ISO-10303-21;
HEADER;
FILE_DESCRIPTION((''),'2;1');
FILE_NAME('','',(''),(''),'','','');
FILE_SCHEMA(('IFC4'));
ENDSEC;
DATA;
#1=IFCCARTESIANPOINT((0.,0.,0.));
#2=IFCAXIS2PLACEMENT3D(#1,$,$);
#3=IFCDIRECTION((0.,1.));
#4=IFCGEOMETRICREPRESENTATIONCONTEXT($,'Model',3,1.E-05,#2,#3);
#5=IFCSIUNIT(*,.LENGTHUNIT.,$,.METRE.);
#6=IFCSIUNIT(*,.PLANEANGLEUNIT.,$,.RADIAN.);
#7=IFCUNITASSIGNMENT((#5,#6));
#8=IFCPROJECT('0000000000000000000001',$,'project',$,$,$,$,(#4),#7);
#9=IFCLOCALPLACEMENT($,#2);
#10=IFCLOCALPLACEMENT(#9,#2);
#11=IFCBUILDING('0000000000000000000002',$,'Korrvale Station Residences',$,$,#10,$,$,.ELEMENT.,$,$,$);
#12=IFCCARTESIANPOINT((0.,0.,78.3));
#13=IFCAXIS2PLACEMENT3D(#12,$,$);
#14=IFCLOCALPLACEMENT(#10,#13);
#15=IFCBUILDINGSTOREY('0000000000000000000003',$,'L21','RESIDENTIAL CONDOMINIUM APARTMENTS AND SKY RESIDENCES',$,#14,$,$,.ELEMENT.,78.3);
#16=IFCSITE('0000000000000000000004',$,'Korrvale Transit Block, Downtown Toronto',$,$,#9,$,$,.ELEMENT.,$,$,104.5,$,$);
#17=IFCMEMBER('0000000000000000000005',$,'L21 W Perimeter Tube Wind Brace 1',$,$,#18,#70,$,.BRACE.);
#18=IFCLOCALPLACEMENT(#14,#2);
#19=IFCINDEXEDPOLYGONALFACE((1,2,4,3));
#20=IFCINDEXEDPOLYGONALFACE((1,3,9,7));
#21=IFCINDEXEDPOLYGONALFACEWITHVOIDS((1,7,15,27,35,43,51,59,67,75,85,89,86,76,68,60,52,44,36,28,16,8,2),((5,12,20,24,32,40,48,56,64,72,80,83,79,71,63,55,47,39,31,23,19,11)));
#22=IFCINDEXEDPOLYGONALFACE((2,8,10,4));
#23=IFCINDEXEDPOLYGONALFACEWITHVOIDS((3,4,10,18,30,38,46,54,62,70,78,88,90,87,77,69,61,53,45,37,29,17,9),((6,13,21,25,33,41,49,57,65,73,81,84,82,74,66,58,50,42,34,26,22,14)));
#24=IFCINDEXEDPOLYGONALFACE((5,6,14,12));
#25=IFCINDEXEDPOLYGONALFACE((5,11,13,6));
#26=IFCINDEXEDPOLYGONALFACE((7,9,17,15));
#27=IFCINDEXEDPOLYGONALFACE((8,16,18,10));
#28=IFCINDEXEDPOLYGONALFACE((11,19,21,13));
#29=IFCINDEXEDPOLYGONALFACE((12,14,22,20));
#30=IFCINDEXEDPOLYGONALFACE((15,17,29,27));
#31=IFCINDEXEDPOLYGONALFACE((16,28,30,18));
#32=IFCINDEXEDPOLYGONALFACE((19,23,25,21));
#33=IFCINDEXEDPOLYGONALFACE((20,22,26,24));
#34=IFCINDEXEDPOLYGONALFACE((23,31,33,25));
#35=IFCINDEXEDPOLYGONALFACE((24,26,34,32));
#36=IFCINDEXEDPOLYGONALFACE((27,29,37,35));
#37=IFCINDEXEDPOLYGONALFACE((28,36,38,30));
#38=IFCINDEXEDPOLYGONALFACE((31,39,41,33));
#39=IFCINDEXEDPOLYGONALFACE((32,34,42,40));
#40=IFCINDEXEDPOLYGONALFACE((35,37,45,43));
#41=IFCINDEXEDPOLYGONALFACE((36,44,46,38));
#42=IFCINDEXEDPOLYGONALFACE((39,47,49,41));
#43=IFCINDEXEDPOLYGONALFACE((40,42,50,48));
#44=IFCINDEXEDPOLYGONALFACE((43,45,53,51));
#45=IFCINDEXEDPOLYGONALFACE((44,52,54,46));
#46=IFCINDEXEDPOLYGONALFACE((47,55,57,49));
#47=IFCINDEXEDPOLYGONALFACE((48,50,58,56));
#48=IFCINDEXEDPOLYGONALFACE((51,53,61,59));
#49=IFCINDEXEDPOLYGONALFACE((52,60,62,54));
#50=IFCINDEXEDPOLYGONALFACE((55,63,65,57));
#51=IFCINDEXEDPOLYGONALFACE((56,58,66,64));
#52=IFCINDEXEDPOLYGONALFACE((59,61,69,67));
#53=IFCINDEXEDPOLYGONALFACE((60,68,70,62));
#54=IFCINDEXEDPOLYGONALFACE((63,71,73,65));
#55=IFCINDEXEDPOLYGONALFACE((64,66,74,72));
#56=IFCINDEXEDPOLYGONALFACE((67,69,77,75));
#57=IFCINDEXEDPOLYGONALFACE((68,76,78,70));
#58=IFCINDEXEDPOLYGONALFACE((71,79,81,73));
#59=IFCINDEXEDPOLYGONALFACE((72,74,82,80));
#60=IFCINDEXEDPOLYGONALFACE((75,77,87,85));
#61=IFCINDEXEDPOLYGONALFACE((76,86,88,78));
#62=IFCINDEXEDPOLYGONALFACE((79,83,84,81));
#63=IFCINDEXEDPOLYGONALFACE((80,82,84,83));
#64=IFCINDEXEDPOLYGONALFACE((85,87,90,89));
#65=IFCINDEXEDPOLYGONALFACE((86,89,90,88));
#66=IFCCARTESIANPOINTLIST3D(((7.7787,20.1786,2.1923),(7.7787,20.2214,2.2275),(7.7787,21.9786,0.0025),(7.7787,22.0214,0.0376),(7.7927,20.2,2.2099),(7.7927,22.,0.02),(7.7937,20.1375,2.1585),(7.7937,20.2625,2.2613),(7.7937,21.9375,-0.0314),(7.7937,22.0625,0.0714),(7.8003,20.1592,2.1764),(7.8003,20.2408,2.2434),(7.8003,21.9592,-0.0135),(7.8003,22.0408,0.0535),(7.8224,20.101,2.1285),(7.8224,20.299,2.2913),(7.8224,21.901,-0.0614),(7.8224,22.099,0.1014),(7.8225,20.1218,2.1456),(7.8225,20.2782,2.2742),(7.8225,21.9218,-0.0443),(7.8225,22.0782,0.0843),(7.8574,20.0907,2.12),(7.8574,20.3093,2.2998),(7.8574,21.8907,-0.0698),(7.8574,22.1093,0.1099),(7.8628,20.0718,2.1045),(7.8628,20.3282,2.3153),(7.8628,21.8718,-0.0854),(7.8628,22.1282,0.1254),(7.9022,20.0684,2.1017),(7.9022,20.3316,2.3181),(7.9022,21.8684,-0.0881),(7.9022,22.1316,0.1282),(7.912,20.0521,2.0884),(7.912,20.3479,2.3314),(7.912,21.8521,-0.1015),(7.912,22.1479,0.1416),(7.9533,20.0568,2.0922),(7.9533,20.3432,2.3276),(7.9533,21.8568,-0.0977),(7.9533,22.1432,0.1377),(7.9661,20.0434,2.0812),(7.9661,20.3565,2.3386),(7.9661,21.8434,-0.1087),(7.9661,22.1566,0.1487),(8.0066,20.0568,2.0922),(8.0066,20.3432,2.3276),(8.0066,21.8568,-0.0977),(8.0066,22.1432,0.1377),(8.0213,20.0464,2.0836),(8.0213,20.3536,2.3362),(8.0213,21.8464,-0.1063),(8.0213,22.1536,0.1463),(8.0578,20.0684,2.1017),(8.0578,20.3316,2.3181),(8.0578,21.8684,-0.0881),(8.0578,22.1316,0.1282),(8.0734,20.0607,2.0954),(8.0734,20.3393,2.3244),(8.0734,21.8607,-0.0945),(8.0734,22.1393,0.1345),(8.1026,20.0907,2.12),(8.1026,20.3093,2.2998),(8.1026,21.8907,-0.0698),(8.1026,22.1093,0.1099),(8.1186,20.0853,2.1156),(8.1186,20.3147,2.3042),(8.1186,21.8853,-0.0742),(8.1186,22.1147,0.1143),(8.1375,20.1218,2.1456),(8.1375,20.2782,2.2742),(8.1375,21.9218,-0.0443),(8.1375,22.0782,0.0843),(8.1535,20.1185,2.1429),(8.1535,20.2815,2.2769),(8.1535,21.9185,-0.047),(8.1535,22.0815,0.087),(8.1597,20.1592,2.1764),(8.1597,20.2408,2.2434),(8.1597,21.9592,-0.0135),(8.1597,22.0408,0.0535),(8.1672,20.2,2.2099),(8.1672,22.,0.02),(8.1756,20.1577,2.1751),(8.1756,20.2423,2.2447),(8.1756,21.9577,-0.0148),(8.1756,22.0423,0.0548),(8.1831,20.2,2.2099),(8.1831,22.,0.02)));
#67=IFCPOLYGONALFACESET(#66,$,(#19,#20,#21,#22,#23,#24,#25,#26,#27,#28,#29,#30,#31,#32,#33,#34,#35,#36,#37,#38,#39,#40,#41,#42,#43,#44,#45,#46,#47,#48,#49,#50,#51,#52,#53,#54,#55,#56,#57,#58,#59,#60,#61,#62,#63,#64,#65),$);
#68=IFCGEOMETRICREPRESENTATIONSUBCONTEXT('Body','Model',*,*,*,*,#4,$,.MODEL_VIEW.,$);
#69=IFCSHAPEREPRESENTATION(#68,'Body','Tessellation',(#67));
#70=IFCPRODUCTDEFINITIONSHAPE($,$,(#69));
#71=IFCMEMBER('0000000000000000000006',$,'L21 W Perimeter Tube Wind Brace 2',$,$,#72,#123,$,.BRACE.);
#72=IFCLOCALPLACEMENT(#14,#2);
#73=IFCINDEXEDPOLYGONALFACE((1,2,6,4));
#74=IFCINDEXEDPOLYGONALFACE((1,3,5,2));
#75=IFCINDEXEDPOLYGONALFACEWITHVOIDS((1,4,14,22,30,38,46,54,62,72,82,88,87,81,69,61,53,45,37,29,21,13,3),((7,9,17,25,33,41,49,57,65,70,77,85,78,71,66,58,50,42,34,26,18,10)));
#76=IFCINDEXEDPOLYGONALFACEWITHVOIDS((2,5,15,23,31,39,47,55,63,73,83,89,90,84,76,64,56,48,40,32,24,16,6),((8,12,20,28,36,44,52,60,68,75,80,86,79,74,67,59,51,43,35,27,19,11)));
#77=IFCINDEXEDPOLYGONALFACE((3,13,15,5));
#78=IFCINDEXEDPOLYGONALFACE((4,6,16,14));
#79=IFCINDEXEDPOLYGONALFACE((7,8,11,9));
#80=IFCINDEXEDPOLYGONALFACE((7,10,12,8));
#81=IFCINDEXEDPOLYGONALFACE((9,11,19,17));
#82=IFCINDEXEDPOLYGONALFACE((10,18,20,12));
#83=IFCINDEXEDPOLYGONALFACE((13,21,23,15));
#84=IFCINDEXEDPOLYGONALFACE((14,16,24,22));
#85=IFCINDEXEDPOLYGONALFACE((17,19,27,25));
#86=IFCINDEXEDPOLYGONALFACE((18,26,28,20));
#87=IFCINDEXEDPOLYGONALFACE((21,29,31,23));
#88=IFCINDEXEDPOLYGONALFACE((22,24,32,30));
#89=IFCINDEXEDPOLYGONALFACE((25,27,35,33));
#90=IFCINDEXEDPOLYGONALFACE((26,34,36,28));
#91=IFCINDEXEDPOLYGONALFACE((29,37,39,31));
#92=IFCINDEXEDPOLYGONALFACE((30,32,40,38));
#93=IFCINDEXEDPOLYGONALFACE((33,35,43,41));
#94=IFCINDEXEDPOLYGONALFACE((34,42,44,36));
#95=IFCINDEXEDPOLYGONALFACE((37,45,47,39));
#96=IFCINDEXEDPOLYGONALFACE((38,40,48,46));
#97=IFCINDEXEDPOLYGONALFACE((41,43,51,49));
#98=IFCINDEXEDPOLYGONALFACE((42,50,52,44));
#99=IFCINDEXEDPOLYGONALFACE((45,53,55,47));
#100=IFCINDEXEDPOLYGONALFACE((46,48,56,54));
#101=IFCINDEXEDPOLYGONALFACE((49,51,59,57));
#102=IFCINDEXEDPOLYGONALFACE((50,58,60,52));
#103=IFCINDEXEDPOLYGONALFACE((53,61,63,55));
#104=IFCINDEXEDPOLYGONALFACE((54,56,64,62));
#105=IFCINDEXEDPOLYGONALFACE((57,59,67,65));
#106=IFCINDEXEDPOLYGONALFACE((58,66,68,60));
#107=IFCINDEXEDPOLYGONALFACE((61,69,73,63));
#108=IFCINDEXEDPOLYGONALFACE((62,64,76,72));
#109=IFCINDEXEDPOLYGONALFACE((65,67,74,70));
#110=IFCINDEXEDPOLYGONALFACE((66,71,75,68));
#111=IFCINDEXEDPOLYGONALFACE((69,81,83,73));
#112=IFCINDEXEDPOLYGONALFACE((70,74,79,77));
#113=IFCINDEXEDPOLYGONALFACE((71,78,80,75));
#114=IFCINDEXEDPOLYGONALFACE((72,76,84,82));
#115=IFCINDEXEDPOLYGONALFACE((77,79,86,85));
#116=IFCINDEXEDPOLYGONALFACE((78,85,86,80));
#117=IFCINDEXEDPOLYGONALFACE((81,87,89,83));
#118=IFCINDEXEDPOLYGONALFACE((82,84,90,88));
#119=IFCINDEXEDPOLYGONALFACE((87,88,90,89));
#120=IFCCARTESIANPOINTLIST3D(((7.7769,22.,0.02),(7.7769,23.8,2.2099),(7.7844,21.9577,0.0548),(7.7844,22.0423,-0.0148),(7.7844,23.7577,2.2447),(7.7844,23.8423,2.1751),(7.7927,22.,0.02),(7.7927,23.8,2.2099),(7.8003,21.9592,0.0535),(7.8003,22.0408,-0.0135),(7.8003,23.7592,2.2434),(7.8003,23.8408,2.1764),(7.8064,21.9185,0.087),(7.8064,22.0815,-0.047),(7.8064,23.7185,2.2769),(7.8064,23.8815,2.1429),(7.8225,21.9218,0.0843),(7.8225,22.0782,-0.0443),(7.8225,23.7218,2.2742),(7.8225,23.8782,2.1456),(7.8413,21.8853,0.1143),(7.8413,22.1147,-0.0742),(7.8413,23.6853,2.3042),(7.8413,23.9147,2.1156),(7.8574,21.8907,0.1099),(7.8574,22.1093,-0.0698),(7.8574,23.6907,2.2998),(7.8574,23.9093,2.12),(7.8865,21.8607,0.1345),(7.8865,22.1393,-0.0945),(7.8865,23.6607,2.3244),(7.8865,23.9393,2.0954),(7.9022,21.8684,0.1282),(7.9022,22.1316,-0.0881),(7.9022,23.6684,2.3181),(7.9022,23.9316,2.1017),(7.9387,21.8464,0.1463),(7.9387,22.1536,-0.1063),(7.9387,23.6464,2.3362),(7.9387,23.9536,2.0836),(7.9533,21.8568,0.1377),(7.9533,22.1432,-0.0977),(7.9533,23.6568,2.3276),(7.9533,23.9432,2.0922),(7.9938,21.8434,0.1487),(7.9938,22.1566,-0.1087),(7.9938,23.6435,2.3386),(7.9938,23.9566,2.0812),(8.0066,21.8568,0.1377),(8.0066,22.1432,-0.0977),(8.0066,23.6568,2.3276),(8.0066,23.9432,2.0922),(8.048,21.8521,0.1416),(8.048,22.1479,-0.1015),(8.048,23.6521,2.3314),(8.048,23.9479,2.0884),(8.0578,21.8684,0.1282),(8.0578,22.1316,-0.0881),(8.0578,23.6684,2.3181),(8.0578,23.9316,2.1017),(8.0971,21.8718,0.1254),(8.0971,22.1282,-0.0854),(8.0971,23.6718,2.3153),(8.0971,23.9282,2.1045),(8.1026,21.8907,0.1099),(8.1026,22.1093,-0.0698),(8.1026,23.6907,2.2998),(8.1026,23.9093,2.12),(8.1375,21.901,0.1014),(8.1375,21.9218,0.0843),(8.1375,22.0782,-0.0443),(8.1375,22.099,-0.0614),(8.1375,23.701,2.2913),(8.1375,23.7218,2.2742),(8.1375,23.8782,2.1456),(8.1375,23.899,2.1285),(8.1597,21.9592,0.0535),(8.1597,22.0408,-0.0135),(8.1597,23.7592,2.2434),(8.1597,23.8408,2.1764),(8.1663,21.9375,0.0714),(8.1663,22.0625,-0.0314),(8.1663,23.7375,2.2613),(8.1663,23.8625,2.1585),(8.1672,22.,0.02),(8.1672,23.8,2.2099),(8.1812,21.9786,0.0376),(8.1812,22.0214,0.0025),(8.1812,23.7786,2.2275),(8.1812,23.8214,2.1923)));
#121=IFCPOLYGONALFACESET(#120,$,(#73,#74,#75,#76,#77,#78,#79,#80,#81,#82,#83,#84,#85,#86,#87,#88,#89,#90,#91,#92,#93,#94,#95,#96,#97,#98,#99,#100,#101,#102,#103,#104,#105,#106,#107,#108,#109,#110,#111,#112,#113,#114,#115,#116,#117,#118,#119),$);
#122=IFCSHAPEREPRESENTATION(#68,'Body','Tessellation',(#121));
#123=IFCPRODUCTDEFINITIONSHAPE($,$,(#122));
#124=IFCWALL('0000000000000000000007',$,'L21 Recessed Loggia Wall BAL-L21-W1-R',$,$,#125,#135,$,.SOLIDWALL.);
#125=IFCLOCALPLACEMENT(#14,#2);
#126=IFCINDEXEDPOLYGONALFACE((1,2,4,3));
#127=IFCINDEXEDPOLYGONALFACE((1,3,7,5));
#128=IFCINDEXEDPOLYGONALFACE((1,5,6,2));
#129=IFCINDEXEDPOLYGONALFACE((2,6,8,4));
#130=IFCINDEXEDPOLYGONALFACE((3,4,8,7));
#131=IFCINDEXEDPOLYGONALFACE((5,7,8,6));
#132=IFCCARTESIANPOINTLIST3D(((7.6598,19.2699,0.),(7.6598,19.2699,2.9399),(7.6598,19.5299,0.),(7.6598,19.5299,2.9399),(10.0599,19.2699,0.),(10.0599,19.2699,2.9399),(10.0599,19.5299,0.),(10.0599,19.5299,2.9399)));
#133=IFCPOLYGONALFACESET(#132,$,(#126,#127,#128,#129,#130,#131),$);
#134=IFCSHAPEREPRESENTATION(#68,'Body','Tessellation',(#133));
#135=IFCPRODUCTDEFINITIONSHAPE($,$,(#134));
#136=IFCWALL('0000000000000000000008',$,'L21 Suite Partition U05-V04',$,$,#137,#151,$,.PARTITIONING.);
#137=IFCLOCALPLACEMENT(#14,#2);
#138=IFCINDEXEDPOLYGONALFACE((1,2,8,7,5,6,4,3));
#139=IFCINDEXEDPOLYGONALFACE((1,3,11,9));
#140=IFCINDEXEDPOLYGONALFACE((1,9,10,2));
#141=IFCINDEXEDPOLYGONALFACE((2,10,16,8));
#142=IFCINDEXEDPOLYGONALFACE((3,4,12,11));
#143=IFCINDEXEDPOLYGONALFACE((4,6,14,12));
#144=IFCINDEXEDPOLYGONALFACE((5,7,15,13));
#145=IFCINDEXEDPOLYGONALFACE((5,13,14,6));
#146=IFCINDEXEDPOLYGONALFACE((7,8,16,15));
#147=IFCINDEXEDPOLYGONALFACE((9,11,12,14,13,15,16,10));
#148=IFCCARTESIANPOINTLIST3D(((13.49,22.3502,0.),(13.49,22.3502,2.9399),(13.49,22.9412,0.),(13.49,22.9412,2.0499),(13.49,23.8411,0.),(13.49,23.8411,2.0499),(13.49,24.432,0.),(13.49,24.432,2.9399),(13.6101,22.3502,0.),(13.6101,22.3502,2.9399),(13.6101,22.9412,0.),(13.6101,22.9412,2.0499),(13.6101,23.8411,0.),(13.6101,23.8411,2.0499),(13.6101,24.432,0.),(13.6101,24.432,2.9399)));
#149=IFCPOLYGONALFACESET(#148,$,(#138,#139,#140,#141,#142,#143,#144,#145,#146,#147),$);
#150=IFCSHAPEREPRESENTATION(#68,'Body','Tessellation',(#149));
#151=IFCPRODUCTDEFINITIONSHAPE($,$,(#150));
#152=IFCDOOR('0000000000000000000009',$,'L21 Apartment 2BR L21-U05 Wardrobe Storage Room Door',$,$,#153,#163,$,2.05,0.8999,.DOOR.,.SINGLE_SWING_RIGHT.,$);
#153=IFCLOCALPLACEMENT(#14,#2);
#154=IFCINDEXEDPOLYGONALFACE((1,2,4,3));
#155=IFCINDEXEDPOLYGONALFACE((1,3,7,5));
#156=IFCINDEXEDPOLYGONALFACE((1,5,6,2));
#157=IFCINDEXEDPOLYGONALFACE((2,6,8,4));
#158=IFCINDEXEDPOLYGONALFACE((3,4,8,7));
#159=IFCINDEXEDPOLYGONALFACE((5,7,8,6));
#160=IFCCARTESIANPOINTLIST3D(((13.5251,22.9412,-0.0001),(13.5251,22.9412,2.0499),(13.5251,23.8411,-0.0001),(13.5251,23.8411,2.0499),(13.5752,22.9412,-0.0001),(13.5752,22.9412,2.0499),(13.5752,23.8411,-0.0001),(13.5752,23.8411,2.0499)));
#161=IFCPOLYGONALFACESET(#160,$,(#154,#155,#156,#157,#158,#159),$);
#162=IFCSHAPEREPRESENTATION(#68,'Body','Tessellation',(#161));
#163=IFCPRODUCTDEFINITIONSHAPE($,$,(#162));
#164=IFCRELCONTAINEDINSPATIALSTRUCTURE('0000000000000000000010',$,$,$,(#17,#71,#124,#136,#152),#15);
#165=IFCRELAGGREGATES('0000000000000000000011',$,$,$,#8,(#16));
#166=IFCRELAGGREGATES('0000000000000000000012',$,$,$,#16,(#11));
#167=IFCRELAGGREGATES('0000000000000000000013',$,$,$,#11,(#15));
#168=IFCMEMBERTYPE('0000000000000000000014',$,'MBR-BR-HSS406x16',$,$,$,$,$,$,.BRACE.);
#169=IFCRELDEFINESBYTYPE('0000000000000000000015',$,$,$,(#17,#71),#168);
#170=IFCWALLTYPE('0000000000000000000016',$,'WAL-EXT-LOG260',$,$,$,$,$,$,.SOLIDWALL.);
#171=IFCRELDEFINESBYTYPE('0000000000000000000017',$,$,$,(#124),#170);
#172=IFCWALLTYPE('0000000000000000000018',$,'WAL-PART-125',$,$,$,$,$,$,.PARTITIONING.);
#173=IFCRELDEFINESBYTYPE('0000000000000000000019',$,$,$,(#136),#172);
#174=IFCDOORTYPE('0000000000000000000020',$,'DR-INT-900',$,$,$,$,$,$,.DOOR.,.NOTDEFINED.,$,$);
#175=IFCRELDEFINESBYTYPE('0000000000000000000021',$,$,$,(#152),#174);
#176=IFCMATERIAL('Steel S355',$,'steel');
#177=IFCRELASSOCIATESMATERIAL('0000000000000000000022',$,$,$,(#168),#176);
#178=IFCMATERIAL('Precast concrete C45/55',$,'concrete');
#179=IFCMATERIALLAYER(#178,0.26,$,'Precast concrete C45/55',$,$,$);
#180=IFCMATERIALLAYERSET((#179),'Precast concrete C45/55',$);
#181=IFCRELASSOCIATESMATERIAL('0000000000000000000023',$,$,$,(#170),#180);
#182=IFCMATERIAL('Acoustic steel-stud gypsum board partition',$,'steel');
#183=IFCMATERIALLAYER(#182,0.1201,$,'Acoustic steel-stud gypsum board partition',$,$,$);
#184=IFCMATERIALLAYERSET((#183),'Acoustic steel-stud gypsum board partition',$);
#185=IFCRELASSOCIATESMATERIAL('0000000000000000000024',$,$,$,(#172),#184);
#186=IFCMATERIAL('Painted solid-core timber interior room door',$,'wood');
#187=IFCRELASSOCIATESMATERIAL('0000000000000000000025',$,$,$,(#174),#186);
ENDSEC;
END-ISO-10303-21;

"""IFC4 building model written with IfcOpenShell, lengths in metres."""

from ifc_helpers import new_model, si_unit, direction, frame, frame_2d, origin, origin_2d, place, context, subcontext, project, spatial, rectangle, hollow_circle, extrude, material, layer, layer_set, material_profile, profile_set, type_object, element, fill, save


model = new_model("IFC4")

# Units and contexts
model_context = context("Model", 3, precision=1e-05, world=origin(), true_north=direction((0.0, 1.0)))
body_context = subcontext(model_context, "Body", "Model", "MODEL_VIEW")
ifc_project = project(units=[si_unit("LENGTHUNIT", "METRE"), si_unit("PLANEANGLEUNIT", "RADIAN")], contexts=[model_context])

# Site, building, storey
site_placement = place(None, origin())
site = spatial("IfcSite", under=ifc_project, at=site_placement, Name="Korrvale Transit Block, Downtown Toronto", CompositionType="ELEMENT", RefElevation=104.5)
building_placement = place(site_placement, origin())
building = spatial("IfcBuilding", under=site, at=building_placement, Name="Korrvale Station Residences", CompositionType="ELEMENT")
storey_placement = place(building_placement, frame((0.0, 0.0, 78.3)))
storey = spatial("IfcBuildingStorey", under=building, at=storey_placement, Name="L21", Description="RESIDENTIAL CONDOMINIUM APARTMENTS AND SKY RESIDENCES", CompositionType="ELEMENT", Elevation=78.3)

# Shared definitions
ifc_material_1 = material(Name="Steel S355", Category="steel")

# Members
ifc_material_profile_1 = material_profile(ifc_material_1, hollow_circle(Radius=0.2031, WallThickness=0.0159, at=origin_2d()), Name="HSS406x16")
ifc_profile_set_1 = profile_set([ifc_material_profile_1], Name="Steel S355")
member_type = type_object("IfcMemberType", Name="MBR-BR-HSS406x16", PredefinedType="BRACE", material=ifc_profile_set_1)
for number, where, z_axis, x_axis, name in (
    (1, (7.98, 22.0, 0.02), (0.0, -0.634985, 0.772524), (1.0, 0.0, 0.0), "L21 W Perimeter Tube Wind Brace 1"),
    (2, (7.98, 22.0, 0.02), (0.0, 0.634985, 0.772524), (-1.0, 0.0, 0.0), "L21 W Perimeter Tube Wind Brace 2"),
):
    element("IfcMember", number, at=place(storey_placement, frame(where, z_axis=z_axis, x_axis=x_axis)), inside=storey, type_object=member_type, Name=name, PredefinedType="BRACE", context=body_context, shape_type="SweptSolid", body=[
        extrude(hollow_circle(Radius=0.2031, WallThickness=0.0159, at=origin_2d()), origin(), (0.0, 0.0, 1.0), 2.8347),
    ])

# Wall
ifc_material_2 = material(Name="Precast concrete C45/55", Category="concrete")
ifc_layer_1 = layer(ifc_material_2, 0.26, Name="Precast concrete C45/55")
ifc_layer_set_1 = layer_set([ifc_layer_1], Name="Precast concrete C45/55")
wall_type_1 = type_object("IfcWallType", Name="WAL-EXT-LOG260", PredefinedType="SOLIDWALL", material=ifc_layer_set_1)
wall_1_placement = place(storey_placement, frame((10.0601, 19.3999, 0.0), z_axis=(0.0, 0.0, 1.0), x_axis=(-1.0, 0.0, 0.0)))
element("IfcWall", 3, at=wall_1_placement, inside=storey, type_object=wall_type_1, Name="L21 Recessed Loggia Wall BAL-L21-W1-R", PredefinedType="SOLIDWALL", context=body_context, shape_type="SweptSolid", body=[
    extrude(rectangle(XDim=2.4001, YDim=0.26, at=frame_2d((1.2002, 0.0))), origin(), (0.0, 0.0, 1.0), 2.9399),
])

# Wall, opening, door
ifc_material_3 = material(Name="Acoustic steel-stud gypsum board partition", Category="steel")
ifc_layer_2 = layer(ifc_material_3, 0.1201, Name="Acoustic steel-stud gypsum board partition")
ifc_layer_set_2 = layer_set([ifc_layer_2], Name="Acoustic steel-stud gypsum board partition")
wall_type_2 = type_object("IfcWallType", Name="WAL-PART-125", PredefinedType="PARTITIONING", material=ifc_layer_set_2)
wall_2_placement = place(storey_placement, frame((13.55, 22.3501, 0.0), z_axis=(0.0, 0.0, 1.0), x_axis=(0.0, 1.0, 0.0)))
wall_2 = element("IfcWall", 4, at=wall_2_placement, inside=storey, type_object=wall_type_2, Name="L21 Suite Partition U05-V04", PredefinedType="PARTITIONING", context=body_context, shape_type="SweptSolid", body=[
    extrude(rectangle(XDim=2.0818, YDim=0.1201, at=frame_2d((1.041, 0.0))), origin(), (0.0, 0.0, 1.0), 2.9399),
])
opening_1_placement = place(wall_2_placement, frame((0.5911, 0.0, 0.0)))
opening_1 = element("IfcOpeningElement", 5, at=opening_1_placement, cuts=wall_2, PredefinedType="OPENING", context=body_context, shape_type="SweptSolid", body=[
    extrude(rectangle(XDim=0.8999, YDim=2.05, at=frame_2d((0.45, 1.0249))), frame((0.0, 0.0701, 0.0), z_axis=(0.0, -1.0, 0.0), x_axis=(1.0, 0.0, 0.0)), (0.0, 0.0, 1.0), 0.1401),
])
ifc_material_4 = material(Name="Painted solid-core timber interior room door", Category="wood")
door_type = type_object("IfcDoorType", Name="DR-INT-900", OperationType="NOTDEFINED", PredefinedType="DOOR", material=ifc_material_4)
door_1_placement = place(opening_1_placement, origin())
door_1 = element("IfcDoor", 6, at=door_1_placement, inside=storey, type_object=door_type, Name="L21 Apartment 2BR L21-U05 Wardrobe Storage Room Door", OperationType="SINGLE_SWING_RIGHT", OverallHeight=2.05, OverallWidth=0.8999, PredefinedType="DOOR", context=body_context, shape_type="SweptSolid", body=[
    extrude(rectangle(XDim=0.8999, YDim=2.05, at=frame_2d((0.45, 1.0249))), frame((0.0, 0.0249, 0.0), z_axis=(0.0, -1.0, 0.0), x_axis=(1.0, 0.0, 0.0)), (0.0, 0.0, 1.0), 0.05),
])
fill(opening_1, door_1)

save(model, "model.ifc")
